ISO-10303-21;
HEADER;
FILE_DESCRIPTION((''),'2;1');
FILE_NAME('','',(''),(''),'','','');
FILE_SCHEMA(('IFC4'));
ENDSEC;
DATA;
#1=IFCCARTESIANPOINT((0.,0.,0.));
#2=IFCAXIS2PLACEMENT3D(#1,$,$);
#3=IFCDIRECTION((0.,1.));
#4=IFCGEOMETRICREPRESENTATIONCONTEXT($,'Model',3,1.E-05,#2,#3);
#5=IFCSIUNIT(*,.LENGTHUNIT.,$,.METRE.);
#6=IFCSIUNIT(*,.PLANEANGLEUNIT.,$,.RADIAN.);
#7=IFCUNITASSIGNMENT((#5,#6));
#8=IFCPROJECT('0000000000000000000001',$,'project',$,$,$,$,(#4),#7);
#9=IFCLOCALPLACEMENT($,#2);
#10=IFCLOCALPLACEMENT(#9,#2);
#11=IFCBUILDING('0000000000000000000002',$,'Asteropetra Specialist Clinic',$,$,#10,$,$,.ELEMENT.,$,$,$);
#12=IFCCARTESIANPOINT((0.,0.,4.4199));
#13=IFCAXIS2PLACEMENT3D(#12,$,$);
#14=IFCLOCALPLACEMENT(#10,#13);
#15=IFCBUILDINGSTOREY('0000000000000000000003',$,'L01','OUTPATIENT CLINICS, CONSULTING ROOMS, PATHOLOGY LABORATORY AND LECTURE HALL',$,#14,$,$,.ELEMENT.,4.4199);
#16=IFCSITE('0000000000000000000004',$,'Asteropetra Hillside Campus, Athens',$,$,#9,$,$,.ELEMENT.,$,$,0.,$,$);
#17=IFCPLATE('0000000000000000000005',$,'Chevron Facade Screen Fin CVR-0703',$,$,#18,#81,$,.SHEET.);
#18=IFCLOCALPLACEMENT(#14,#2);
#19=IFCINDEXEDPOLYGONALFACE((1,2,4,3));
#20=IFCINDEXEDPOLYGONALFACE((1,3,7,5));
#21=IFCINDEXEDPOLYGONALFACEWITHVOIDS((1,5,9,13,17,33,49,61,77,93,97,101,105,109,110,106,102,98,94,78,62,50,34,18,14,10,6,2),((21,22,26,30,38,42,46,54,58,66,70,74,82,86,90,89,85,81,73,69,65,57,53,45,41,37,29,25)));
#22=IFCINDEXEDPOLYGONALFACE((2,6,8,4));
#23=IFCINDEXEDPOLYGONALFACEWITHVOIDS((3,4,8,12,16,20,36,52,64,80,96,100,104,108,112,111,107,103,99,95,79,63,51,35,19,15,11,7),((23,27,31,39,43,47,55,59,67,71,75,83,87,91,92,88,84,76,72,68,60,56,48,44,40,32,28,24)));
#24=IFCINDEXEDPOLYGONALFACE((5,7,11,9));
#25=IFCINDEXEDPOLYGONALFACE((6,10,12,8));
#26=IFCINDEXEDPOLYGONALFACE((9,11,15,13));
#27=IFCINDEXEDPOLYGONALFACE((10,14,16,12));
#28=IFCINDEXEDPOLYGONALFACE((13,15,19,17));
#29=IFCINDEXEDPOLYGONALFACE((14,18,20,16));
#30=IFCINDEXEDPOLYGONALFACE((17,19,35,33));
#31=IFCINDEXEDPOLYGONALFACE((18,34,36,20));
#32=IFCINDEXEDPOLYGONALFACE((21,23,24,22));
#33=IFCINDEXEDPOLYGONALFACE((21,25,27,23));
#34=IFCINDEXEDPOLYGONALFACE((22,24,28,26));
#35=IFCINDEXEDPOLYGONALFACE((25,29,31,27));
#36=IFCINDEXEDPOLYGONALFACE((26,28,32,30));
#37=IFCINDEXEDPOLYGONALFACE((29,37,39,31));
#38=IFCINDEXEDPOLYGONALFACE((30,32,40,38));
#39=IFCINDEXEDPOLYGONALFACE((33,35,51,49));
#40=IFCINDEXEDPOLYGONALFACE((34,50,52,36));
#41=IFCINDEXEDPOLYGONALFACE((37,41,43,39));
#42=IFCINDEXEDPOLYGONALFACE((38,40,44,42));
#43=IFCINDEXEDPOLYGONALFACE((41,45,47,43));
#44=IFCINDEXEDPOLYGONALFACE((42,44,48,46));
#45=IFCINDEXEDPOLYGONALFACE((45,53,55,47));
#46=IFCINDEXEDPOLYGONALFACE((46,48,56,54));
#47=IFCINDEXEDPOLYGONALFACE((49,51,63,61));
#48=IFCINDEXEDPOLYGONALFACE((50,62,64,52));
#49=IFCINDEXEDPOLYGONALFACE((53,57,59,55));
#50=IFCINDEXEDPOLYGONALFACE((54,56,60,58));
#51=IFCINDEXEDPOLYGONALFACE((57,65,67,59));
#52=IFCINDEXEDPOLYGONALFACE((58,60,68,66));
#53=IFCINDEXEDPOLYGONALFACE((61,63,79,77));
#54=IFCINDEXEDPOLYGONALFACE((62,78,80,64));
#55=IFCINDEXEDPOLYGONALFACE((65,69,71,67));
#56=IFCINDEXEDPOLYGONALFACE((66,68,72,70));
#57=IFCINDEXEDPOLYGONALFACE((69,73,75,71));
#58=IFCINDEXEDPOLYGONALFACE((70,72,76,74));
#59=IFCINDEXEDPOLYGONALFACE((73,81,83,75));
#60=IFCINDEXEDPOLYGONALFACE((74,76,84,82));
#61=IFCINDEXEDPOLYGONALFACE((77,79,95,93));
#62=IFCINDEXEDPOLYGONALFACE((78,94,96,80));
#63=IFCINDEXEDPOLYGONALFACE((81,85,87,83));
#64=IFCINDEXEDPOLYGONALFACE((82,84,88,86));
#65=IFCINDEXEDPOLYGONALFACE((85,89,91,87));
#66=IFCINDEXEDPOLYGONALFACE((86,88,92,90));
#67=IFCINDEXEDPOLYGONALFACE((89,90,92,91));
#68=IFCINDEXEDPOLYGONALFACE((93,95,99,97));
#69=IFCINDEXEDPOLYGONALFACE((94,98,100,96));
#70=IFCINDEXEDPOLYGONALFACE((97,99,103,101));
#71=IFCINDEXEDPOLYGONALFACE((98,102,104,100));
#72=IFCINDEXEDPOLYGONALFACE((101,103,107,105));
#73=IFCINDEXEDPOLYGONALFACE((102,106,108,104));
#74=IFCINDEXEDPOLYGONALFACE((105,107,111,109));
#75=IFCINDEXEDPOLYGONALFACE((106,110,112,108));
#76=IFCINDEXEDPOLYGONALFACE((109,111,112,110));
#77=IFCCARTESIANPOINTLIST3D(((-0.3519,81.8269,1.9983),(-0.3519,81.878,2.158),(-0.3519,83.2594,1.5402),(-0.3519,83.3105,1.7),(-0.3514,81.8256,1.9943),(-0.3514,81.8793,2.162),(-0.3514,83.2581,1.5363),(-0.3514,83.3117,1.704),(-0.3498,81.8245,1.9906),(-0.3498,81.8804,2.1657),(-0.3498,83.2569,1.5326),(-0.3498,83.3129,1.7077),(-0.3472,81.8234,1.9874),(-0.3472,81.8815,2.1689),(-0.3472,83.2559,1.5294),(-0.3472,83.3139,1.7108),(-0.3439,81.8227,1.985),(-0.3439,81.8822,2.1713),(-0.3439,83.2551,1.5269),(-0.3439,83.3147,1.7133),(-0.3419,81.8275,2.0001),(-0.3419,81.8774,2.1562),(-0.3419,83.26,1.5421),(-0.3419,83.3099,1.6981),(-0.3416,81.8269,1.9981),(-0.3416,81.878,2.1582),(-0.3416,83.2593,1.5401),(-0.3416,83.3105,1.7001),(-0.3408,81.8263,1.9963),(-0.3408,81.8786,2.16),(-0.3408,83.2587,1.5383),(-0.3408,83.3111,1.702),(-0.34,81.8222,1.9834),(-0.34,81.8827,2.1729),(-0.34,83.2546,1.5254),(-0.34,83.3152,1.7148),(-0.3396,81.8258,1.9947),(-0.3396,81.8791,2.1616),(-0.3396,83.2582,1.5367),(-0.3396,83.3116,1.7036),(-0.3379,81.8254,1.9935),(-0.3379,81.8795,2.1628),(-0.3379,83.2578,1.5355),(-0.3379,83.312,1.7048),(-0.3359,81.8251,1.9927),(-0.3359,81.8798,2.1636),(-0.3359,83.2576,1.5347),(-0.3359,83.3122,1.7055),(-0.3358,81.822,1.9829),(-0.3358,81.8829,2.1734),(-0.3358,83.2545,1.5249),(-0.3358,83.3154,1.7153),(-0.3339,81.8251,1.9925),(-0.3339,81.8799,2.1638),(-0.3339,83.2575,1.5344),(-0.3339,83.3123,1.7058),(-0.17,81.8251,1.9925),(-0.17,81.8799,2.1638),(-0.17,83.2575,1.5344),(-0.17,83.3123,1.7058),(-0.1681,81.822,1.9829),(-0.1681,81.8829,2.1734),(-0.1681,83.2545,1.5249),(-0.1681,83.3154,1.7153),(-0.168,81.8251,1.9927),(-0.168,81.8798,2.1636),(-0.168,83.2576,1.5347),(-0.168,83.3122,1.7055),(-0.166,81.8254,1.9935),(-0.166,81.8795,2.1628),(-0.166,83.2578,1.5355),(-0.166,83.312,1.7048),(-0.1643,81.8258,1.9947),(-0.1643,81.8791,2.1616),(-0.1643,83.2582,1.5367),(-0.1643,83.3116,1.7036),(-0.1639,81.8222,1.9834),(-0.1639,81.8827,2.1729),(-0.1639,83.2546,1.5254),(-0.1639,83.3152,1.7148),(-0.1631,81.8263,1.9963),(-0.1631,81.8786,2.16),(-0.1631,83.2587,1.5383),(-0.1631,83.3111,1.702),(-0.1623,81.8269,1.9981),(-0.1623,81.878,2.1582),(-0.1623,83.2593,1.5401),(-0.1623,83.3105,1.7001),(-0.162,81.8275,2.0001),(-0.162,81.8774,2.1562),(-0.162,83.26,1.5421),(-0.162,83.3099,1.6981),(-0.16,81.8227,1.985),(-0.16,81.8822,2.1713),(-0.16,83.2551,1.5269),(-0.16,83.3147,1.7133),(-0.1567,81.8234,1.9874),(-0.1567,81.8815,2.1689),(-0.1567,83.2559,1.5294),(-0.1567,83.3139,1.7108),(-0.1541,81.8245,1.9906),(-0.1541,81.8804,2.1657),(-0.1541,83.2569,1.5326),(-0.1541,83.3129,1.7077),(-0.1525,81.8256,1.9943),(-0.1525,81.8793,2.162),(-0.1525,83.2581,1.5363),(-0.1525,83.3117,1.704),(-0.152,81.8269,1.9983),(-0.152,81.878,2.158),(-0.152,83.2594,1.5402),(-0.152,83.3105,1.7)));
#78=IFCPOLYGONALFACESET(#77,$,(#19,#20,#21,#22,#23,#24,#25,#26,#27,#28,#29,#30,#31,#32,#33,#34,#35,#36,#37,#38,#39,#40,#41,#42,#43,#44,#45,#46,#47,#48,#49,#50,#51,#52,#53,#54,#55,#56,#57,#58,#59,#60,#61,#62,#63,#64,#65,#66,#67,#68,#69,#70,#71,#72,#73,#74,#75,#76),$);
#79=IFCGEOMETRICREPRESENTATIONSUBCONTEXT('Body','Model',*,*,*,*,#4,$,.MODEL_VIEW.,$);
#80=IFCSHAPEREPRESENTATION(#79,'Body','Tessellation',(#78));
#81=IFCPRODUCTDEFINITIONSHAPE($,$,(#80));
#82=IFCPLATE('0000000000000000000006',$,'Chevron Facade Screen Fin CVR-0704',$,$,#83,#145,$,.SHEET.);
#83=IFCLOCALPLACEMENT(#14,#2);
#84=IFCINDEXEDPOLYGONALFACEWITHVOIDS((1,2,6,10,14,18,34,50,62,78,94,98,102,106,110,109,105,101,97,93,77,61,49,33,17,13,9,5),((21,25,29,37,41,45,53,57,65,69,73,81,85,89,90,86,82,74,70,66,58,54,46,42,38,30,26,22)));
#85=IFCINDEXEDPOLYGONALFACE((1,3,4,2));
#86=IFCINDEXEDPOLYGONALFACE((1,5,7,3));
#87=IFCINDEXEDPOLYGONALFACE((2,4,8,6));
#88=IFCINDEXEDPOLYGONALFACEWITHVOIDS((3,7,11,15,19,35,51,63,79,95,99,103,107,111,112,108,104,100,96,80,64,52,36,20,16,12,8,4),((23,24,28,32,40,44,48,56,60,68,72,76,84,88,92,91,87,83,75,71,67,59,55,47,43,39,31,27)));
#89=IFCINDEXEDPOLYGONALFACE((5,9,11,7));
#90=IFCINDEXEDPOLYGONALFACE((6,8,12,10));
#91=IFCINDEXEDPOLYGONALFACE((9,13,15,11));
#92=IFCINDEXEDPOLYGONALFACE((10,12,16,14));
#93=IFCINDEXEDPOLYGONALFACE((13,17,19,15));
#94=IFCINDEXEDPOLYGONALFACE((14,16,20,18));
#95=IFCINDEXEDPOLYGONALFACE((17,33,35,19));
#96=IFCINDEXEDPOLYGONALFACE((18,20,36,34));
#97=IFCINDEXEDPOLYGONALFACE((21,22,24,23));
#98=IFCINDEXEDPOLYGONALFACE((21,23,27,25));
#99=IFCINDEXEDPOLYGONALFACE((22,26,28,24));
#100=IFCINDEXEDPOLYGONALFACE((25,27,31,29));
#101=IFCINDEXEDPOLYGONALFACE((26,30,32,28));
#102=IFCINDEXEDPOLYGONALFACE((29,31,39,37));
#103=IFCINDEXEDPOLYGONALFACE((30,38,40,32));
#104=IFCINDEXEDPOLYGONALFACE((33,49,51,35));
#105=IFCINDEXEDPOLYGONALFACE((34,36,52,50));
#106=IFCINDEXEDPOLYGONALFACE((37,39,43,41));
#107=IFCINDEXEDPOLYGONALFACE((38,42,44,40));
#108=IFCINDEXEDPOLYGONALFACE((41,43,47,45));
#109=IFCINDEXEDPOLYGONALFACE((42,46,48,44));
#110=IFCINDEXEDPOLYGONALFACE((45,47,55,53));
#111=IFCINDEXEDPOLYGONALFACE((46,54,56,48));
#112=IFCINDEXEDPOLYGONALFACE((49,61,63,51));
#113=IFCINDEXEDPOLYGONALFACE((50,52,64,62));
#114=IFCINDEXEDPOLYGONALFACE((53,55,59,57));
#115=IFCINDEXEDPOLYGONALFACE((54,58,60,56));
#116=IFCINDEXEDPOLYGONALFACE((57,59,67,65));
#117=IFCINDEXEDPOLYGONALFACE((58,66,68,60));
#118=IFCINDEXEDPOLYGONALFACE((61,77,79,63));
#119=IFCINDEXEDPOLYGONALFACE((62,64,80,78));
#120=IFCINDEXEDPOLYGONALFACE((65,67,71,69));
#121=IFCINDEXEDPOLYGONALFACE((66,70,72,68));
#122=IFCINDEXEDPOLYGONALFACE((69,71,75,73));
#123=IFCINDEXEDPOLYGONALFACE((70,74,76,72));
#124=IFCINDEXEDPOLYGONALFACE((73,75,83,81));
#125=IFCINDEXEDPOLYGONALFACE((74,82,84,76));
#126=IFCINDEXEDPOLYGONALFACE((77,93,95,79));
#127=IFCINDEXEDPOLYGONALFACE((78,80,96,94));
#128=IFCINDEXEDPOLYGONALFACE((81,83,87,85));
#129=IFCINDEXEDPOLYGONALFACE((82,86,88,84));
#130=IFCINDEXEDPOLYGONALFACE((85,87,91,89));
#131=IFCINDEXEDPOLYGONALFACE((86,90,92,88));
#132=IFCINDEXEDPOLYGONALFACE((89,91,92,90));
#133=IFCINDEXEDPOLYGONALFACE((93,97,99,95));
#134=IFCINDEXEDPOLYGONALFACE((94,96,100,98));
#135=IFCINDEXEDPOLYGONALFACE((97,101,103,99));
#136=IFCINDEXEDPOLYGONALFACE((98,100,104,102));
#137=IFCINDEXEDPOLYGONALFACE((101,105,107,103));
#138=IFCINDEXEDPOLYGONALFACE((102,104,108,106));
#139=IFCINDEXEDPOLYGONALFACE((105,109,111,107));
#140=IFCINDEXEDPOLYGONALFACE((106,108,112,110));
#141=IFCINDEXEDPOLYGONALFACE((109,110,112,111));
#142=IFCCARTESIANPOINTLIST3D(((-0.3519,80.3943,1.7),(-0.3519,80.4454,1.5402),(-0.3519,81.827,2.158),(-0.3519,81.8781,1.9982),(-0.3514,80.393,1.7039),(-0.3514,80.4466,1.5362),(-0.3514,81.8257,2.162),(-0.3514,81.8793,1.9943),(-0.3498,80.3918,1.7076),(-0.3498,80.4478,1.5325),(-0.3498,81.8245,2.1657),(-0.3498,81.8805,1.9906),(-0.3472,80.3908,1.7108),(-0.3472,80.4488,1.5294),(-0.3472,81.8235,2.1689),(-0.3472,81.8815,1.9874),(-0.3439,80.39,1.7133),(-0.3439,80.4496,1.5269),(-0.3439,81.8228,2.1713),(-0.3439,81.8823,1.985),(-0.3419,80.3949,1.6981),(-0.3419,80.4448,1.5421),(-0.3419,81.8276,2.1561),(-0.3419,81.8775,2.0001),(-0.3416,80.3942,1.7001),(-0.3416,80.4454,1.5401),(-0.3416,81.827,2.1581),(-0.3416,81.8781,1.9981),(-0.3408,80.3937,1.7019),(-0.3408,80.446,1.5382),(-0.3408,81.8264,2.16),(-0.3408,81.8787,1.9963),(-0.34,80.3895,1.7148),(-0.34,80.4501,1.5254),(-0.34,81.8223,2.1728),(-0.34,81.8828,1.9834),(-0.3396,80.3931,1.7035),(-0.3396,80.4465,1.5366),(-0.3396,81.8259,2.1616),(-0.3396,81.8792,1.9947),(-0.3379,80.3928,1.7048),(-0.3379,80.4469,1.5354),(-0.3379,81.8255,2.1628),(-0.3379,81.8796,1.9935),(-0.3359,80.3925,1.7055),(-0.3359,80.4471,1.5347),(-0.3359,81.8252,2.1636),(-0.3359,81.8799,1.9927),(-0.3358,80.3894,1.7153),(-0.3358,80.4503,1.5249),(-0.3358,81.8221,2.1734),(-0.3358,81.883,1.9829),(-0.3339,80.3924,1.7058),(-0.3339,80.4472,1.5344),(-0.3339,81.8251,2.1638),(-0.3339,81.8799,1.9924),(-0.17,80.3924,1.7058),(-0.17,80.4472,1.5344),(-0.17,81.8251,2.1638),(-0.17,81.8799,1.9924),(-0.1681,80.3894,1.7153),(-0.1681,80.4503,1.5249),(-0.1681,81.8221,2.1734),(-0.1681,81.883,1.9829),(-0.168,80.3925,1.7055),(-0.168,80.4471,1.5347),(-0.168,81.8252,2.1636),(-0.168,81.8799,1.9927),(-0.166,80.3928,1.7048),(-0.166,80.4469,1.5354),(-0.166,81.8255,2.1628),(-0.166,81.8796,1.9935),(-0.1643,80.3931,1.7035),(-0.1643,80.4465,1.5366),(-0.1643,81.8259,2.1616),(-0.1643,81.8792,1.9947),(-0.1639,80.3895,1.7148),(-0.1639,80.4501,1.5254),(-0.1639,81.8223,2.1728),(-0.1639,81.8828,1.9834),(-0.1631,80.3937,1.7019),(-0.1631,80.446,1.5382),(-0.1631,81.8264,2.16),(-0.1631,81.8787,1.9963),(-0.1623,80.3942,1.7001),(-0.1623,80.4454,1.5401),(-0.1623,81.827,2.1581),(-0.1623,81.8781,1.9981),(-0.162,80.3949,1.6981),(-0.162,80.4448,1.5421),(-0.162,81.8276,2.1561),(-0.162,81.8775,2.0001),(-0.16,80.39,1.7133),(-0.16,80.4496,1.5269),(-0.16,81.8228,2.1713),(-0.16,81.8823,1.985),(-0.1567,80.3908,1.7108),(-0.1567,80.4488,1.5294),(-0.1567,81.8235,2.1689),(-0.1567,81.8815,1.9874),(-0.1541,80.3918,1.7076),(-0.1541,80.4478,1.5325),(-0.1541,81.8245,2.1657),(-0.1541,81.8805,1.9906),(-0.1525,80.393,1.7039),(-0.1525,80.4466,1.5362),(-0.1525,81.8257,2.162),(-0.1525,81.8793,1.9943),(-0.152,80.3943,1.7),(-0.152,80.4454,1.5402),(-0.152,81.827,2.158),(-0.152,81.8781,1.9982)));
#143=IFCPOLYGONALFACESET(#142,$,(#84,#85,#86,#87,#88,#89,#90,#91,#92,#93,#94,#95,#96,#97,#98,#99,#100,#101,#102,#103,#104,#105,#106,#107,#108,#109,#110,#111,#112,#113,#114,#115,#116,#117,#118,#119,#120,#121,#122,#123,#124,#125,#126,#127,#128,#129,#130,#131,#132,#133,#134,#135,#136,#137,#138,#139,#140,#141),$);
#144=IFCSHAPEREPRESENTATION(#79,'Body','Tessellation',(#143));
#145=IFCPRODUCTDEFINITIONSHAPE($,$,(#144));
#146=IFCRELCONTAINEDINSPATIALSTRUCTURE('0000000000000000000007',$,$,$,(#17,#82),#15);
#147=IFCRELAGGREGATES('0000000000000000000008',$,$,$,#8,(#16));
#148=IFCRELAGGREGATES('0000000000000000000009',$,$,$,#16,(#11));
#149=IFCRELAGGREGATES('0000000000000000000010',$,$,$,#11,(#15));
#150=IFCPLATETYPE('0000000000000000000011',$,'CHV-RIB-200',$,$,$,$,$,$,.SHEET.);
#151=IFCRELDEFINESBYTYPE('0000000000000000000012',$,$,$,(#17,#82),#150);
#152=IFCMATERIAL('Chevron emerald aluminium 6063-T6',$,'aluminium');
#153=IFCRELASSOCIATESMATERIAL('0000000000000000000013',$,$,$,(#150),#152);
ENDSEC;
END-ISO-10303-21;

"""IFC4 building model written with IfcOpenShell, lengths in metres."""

from ifc_helpers import new_model, si_unit, direction, frame, origin, origin_2d, place, context, subcontext, project, spatial, hollow_rectangle, extrude, material, material_profile, profile_set, type_object, element, save


model = new_model("IFC4")

# Units and contexts
model_context = context("Model", 3, precision=1e-05, world=origin(), true_north=direction((0.0, 1.0)))
body_context = subcontext(model_context, "Body", "Model", "MODEL_VIEW")
ifc_project = project(units=[si_unit("LENGTHUNIT", "METRE"), si_unit("PLANEANGLEUNIT", "RADIAN")], contexts=[model_context])

# Site, building, storey
site_placement = place(None, origin())
site = spatial("IfcSite", under=ifc_project, at=site_placement, Name="Asteropetra Hillside Campus, Athens", CompositionType="ELEMENT", RefElevation=0.0)
building_placement = place(site_placement, origin())
building = spatial("IfcBuilding", under=site, at=building_placement, Name="Asteropetra Specialist Clinic", CompositionType="ELEMENT")
storey_placement = place(building_placement, frame((0.0, 0.0, 4.4199)))
storey = spatial("IfcBuildingStorey", under=building, at=storey_placement, Name="L01", Description="OUTPATIENT CLINICS, CONSULTING ROOMS, PATHOLOGY LABORATORY AND LECTURE HALL", CompositionType="ELEMENT", Elevation=4.4199)

# Plates
ifc_material_1 = material(Name="Chevron emerald aluminium 6063-T6", Category="aluminium")
ifc_material_profile_1 = material_profile(ifc_material_1, hollow_rectangle(XDim=0.2, YDim=0.2, WallThickness=0.01, InnerFilletRadius=0.0081, OuterFilletRadius=0.0161, at=origin_2d()), Name="SHS 200x200x10.0")
ifc_profile_set_1 = profile_set([ifc_material_profile_1], Name="Chevron emerald aluminium 6063-T6")
plate_type = type_object("IfcPlateType", Name="CHV-RIB-200", PredefinedType="SHEET", material=ifc_profile_set_1)
plate_1_placement = place(storey_placement, frame((-0.252, 83.2849, 1.6201), z_axis=(0.0, -0.952492, 0.304564), x_axis=(1.0, 0.0, 0.0)))
element("IfcPlate", 1, at=plate_1_placement, inside=storey, type_object=plate_type, Name="Chevron Facade Screen Fin CVR-0703", PredefinedType="SHEET", context=body_context, shape_type="SweptSolid", body=[
    extrude(hollow_rectangle(XDim=0.2, YDim=0.2, WallThickness=0.01, InnerFilletRadius=0.0081, OuterFilletRadius=0.0161, at=origin_2d()), origin(), (0.0, 0.0, 1.0), 1.5039),
])
plate_2_placement = place(storey_placement, frame((-0.252, 81.8525, 2.0781), z_axis=(0.0, -0.952507, -0.304517), x_axis=(1.0, 0.0, 0.0)))
element("IfcPlate", 2, at=plate_2_placement, inside=storey, type_object=plate_type, Name="Chevron Facade Screen Fin CVR-0704", PredefinedType="SHEET", context=body_context, shape_type="SweptSolid", body=[
    extrude(hollow_rectangle(XDim=0.2, YDim=0.2, WallThickness=0.01, InnerFilletRadius=0.0081, OuterFilletRadius=0.0161, at=origin_2d()), origin(), (0.0, 0.0, 1.0), 1.5042),
])

save(model, "model.ifc")
